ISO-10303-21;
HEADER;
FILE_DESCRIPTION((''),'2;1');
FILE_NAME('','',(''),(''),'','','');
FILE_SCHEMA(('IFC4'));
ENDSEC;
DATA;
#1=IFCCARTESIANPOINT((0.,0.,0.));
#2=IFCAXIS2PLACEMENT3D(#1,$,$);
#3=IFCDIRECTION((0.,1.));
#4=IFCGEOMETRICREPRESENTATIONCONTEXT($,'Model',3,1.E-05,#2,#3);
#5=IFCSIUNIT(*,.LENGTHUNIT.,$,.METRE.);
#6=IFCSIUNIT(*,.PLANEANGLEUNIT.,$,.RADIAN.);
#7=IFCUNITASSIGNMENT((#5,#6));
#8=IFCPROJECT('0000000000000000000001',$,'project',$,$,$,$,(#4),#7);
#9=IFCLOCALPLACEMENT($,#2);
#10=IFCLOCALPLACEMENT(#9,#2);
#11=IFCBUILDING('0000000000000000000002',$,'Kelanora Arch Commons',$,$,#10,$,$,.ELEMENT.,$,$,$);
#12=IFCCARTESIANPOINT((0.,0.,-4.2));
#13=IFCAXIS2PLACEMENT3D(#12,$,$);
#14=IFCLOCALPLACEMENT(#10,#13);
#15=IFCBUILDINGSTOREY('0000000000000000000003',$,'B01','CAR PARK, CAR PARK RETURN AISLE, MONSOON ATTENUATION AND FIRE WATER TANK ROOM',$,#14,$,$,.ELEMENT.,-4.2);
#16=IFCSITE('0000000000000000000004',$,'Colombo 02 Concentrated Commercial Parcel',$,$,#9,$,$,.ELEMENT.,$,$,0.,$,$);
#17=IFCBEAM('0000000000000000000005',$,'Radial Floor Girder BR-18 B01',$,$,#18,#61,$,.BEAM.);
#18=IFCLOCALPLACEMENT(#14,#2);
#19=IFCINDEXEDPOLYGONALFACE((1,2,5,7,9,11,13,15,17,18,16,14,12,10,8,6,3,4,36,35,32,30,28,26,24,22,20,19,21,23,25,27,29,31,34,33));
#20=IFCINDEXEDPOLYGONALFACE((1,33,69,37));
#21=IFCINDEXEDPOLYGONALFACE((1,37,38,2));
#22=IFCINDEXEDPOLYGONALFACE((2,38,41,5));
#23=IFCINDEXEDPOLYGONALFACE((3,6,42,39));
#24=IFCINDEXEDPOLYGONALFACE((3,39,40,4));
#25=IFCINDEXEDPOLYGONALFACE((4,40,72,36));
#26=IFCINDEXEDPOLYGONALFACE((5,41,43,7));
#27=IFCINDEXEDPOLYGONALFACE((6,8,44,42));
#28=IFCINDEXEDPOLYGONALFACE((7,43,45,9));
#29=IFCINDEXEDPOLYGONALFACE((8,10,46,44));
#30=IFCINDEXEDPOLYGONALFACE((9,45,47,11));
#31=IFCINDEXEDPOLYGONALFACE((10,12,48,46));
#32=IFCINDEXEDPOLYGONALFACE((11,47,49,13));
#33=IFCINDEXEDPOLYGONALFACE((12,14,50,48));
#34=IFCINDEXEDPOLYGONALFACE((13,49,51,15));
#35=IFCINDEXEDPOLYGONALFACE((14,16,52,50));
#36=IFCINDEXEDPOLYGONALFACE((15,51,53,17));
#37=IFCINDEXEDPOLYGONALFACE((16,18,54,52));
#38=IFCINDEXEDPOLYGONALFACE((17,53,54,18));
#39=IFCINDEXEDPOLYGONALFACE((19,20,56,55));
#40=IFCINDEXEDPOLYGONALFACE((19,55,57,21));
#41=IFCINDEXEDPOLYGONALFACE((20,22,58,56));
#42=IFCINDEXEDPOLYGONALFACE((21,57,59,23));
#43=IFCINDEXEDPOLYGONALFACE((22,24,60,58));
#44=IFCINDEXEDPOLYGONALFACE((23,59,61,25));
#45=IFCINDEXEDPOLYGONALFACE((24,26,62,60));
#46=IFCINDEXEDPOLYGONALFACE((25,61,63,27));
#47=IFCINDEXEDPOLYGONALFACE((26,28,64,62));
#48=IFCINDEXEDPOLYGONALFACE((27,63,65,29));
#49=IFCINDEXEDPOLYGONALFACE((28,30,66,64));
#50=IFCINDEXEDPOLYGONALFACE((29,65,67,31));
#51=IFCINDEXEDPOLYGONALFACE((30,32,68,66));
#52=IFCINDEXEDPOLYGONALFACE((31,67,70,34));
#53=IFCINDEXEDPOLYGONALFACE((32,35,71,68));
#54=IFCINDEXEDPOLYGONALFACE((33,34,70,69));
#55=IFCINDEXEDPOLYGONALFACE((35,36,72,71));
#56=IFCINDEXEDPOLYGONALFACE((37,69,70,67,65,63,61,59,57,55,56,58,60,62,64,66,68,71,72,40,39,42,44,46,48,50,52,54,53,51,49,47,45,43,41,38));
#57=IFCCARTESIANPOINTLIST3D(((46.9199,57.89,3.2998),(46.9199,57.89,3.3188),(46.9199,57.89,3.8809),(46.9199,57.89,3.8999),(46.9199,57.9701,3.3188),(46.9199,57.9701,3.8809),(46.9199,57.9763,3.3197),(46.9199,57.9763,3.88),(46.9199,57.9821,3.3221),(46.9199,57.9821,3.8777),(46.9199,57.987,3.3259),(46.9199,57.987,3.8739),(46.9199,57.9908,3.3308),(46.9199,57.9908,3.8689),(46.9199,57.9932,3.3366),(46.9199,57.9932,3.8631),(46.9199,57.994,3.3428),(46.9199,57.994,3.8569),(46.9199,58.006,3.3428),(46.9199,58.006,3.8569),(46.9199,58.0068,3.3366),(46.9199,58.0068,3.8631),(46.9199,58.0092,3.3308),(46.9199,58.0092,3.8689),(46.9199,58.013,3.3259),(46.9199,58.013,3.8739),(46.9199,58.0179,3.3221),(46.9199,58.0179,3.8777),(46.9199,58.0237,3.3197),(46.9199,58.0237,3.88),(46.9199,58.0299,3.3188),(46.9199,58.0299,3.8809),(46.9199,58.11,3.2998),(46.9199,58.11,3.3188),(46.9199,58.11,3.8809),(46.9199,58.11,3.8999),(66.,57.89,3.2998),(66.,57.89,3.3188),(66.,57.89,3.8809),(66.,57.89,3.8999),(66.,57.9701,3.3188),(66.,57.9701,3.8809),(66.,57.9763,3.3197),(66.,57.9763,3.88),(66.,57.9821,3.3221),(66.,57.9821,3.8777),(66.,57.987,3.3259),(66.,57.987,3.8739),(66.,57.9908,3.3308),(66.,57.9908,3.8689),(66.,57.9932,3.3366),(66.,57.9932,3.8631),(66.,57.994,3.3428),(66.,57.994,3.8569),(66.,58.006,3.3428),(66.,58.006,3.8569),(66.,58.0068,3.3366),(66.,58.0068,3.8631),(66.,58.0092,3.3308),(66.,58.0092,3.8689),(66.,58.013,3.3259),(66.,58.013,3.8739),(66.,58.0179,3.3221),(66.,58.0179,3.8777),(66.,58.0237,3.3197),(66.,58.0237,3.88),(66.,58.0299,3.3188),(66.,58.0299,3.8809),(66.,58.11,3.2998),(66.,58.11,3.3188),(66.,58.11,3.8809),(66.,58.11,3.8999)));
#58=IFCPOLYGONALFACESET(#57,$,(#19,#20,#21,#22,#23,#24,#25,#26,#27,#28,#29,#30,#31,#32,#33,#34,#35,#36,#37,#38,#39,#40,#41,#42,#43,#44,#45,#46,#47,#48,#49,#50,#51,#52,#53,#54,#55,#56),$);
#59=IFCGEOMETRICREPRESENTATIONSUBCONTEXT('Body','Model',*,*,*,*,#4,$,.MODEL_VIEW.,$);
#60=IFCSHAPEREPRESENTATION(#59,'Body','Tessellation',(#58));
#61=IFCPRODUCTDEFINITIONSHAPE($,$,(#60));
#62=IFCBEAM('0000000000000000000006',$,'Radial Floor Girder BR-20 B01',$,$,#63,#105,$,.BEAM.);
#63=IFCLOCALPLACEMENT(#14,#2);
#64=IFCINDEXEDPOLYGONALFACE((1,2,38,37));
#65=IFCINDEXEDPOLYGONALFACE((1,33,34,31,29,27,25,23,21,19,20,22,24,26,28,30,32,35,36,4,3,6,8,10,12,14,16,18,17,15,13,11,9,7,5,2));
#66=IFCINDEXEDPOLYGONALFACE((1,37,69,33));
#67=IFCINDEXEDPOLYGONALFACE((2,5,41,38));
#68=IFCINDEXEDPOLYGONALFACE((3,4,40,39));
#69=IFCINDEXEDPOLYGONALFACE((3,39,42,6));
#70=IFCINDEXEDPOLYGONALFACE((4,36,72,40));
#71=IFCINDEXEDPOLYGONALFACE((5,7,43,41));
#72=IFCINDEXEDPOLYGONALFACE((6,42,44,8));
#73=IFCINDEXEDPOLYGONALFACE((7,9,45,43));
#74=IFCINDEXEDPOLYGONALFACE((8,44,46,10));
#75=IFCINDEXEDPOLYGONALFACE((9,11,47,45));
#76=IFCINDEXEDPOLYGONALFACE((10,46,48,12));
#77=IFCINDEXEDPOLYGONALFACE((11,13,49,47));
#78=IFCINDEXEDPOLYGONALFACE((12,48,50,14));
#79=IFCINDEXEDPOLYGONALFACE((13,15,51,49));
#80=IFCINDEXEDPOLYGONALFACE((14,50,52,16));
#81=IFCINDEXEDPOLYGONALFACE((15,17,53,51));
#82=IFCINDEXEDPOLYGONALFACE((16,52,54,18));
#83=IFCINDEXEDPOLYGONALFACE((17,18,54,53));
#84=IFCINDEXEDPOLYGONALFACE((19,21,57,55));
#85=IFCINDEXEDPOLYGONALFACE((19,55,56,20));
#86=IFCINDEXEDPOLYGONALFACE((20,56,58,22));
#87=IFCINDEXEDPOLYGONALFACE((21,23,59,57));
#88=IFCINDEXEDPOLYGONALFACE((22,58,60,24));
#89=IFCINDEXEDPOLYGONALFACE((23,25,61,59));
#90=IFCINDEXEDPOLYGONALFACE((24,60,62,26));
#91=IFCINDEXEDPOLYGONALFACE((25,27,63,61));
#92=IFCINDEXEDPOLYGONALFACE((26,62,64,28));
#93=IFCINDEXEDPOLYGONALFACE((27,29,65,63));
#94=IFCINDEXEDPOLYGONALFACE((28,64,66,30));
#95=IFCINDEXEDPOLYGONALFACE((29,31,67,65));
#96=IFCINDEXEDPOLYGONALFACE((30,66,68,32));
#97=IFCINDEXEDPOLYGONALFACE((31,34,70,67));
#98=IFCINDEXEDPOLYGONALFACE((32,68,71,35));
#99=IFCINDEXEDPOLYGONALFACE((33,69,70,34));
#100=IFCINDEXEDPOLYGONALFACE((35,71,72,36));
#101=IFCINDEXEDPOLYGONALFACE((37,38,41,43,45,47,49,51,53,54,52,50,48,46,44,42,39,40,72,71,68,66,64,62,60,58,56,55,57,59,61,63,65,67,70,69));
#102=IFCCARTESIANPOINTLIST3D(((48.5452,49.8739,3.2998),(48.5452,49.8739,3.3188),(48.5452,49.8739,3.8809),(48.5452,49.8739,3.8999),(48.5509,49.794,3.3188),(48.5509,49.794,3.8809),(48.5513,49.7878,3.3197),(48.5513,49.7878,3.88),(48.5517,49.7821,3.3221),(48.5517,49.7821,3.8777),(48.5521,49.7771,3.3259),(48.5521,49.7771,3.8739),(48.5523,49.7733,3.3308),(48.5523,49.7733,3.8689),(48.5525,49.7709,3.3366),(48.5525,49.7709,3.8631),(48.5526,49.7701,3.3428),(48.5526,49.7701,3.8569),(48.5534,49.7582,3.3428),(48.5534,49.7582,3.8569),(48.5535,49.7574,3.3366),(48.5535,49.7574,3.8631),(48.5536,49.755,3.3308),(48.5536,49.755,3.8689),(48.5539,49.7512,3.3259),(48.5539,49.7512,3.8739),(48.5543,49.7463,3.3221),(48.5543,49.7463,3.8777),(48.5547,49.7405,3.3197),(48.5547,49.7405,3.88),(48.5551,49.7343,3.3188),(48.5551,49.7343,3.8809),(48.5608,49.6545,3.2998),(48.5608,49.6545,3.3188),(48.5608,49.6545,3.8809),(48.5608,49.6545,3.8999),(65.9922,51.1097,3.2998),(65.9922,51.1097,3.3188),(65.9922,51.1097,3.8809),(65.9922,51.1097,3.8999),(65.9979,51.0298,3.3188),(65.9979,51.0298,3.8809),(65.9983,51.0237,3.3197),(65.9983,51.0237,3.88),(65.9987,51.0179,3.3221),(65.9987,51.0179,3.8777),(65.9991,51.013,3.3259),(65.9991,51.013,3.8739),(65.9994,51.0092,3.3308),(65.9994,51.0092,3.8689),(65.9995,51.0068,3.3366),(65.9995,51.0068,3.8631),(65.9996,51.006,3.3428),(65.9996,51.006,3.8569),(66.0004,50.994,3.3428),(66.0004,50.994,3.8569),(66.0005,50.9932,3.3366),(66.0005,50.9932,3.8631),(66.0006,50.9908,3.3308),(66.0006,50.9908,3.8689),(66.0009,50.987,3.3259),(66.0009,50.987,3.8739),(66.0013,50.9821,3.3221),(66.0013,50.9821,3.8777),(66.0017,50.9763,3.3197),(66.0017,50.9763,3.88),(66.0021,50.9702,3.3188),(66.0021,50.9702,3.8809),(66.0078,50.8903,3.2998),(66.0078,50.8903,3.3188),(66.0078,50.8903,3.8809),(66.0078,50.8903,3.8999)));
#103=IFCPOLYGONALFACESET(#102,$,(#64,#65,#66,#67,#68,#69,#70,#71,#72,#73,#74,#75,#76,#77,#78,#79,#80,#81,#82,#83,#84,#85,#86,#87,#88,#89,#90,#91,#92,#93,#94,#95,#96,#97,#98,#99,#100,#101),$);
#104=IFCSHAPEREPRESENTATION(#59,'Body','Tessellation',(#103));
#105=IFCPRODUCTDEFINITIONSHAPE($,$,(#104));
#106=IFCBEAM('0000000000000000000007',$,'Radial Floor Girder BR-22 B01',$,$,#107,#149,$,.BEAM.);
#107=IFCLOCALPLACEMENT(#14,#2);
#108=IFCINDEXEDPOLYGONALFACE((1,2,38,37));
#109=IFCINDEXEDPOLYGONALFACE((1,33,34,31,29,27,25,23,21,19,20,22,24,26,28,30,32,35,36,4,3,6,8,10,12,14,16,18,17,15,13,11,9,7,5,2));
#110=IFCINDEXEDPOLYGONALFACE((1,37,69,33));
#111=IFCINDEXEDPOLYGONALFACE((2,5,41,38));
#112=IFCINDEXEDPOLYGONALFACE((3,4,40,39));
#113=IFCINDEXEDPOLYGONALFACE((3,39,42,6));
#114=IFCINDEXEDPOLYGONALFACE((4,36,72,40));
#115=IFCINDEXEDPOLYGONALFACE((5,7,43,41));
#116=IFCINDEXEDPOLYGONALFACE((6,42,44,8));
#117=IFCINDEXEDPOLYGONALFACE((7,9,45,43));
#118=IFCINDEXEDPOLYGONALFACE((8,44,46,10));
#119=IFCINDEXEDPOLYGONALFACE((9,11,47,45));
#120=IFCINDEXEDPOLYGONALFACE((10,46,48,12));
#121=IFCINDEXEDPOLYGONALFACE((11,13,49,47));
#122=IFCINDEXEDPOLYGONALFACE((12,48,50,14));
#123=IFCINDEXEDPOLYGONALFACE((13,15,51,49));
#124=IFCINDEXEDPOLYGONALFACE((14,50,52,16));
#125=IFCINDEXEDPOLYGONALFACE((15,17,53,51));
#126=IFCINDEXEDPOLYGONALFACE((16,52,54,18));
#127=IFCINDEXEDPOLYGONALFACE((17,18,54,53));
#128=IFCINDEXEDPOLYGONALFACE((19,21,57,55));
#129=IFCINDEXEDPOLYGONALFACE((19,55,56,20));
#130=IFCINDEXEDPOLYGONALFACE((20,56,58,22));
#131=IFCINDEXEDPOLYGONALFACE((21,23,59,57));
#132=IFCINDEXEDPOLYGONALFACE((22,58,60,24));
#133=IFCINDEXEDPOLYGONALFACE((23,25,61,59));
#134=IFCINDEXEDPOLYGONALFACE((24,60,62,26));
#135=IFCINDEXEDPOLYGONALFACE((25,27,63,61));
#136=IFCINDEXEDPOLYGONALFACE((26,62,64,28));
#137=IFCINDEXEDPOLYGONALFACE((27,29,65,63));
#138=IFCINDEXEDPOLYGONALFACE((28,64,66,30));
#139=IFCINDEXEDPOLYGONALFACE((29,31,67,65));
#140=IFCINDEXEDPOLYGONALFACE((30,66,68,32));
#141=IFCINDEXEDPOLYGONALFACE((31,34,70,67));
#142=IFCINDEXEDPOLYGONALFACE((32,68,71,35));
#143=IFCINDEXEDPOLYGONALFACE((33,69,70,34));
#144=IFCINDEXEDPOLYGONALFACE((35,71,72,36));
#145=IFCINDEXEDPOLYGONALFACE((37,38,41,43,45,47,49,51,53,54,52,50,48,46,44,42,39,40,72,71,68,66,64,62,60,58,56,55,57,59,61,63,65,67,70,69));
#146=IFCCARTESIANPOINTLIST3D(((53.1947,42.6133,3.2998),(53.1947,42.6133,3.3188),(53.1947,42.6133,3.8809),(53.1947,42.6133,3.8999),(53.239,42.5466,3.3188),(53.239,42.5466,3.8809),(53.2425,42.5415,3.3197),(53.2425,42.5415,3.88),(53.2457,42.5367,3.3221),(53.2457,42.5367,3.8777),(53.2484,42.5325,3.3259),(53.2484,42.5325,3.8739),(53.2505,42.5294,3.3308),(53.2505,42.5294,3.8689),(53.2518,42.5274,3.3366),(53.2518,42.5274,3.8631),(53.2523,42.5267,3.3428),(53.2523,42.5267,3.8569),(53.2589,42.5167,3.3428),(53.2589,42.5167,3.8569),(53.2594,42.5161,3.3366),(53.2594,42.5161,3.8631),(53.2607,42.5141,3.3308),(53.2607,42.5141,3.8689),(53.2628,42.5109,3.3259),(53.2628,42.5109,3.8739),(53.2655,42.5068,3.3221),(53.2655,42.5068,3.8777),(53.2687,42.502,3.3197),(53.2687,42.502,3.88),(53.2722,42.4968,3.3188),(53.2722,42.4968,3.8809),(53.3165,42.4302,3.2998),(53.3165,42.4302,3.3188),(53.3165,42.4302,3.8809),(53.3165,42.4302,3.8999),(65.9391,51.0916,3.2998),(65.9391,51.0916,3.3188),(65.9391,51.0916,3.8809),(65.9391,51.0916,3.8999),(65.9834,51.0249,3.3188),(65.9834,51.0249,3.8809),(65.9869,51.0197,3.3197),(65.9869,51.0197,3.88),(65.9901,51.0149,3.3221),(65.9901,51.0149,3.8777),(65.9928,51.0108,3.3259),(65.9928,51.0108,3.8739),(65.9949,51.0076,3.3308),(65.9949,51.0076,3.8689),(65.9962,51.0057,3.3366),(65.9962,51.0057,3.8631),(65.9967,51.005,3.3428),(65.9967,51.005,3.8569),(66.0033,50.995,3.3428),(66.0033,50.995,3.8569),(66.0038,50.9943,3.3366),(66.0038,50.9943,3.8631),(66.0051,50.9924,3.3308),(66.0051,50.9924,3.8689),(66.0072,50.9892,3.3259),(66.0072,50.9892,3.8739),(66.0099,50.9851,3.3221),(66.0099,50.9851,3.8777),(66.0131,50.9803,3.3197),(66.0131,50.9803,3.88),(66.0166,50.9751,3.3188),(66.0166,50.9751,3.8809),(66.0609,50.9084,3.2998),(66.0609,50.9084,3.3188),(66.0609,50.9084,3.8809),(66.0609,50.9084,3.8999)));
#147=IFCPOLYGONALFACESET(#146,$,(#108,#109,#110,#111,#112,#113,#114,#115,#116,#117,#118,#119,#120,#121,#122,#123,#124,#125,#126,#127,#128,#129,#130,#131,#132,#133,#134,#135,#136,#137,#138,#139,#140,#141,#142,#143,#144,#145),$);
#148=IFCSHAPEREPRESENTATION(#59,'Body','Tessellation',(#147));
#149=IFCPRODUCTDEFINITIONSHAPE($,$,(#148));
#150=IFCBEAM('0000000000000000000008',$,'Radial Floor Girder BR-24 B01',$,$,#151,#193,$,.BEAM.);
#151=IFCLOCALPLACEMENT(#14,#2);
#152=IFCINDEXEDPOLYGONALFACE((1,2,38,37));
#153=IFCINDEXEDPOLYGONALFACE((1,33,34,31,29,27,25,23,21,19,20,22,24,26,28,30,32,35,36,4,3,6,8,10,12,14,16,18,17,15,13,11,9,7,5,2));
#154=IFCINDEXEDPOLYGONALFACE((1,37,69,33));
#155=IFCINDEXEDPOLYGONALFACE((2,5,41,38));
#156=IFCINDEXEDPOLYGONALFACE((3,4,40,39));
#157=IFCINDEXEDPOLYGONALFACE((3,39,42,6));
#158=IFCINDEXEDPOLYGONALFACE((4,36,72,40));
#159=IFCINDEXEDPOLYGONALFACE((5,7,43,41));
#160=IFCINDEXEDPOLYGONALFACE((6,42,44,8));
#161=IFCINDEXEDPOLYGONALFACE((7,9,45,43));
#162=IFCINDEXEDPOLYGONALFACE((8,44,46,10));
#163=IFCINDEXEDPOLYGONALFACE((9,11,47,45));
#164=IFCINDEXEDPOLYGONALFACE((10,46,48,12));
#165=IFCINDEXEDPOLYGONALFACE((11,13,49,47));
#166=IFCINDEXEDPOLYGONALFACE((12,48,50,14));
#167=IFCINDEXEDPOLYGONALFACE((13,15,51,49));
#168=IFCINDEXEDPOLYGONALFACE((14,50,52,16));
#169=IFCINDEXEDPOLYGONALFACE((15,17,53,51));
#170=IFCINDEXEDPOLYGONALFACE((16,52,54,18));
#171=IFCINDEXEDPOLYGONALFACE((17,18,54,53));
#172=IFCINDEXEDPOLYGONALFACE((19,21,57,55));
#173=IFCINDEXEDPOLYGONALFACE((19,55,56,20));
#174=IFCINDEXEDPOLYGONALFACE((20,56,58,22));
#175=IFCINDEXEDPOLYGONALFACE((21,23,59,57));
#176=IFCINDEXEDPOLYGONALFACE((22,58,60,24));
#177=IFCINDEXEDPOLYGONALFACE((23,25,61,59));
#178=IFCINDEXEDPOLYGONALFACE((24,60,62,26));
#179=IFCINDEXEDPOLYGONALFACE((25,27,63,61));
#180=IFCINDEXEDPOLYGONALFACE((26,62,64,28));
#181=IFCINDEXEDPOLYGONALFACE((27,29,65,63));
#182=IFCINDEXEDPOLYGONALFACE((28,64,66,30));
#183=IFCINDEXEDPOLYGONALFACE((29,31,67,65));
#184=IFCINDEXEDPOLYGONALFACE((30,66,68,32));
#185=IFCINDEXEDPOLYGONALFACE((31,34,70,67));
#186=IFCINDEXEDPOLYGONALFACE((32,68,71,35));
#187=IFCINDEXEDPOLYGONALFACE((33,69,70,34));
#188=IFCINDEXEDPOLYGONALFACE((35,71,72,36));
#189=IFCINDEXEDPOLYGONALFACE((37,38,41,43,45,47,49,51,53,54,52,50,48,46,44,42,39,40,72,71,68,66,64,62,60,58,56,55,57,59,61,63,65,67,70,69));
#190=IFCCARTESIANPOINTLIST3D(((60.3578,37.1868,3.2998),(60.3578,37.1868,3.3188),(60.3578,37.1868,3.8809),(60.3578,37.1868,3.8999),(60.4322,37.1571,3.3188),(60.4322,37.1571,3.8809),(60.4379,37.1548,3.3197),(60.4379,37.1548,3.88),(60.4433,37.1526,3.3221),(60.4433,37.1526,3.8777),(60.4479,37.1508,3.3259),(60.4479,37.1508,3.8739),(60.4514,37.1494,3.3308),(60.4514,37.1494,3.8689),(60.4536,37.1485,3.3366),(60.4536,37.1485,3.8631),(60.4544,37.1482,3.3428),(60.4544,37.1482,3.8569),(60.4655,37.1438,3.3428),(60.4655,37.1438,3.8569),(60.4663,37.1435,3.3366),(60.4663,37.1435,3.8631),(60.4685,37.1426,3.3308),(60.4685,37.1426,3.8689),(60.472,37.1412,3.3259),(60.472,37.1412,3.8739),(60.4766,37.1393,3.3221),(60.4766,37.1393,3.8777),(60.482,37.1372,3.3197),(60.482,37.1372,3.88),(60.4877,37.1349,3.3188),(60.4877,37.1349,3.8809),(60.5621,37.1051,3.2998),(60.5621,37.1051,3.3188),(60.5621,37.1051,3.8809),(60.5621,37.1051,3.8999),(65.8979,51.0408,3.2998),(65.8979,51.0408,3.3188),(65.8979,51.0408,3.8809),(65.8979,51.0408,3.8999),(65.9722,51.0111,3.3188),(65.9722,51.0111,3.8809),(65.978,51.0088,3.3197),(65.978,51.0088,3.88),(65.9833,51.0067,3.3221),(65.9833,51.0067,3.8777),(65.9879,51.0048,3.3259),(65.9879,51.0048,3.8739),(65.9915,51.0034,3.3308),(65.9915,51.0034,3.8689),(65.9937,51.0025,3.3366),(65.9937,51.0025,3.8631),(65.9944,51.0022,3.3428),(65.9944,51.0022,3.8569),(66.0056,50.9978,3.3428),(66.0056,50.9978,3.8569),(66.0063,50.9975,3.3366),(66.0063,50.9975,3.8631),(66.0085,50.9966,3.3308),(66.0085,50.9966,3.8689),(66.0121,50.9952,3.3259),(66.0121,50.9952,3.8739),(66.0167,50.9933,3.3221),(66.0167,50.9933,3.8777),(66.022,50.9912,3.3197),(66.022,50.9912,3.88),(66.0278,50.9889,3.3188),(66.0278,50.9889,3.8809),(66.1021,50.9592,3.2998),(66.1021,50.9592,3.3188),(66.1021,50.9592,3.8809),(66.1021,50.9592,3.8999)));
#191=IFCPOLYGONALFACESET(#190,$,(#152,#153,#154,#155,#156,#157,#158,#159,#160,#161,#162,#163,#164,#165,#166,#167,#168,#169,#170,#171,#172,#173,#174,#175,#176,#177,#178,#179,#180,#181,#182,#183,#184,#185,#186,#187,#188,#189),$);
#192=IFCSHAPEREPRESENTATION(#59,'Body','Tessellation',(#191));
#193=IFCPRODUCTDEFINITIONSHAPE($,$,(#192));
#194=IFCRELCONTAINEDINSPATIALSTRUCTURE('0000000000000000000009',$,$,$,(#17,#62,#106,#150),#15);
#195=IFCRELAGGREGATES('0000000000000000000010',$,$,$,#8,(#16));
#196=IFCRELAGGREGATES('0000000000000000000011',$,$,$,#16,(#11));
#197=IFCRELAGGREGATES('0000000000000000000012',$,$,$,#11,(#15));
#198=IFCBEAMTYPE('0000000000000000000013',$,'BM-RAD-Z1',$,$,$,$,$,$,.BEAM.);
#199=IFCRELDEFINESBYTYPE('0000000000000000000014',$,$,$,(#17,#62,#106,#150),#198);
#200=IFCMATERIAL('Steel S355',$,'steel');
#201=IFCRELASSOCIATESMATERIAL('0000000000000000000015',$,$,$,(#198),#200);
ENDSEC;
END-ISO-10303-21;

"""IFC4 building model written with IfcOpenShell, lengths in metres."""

from ifc_helpers import new_model, si_unit, direction, frame, origin, origin_2d, place, context, subcontext, project, spatial, i_section, extrude, material, material_profile, profile_set, type_object, element, save


model = new_model("IFC4")

# Units and contexts
model_context = context("Model", 3, precision=1e-05, world=origin(), true_north=direction((0.0, 1.0)))
body_context = subcontext(model_context, "Body", "Model", "MODEL_VIEW")
ifc_project = project(units=[si_unit("LENGTHUNIT", "METRE"), si_unit("PLANEANGLEUNIT", "RADIAN")], contexts=[model_context])

# Site, building, storey
site_placement = place(None, origin())
site = spatial("IfcSite", under=ifc_project, at=site_placement, Name="Colombo 02 Concentrated Commercial Parcel", CompositionType="ELEMENT", RefElevation=0.0)
building_placement = place(site_placement, origin())
building = spatial("IfcBuilding", under=site, at=building_placement, Name="Kelanora Arch Commons", CompositionType="ELEMENT")
storey_placement = place(building_placement, frame((0.0, 0.0, -4.2)))
storey = spatial("IfcBuildingStorey", under=building, at=storey_placement, Name="B01", Description="CAR PARK, CAR PARK RETURN AISLE, MONSOON ATTENUATION AND FIRE WATER TANK ROOM", CompositionType="ELEMENT", Elevation=-4.2)

# Beams
ifc_material_1 = material(Name="Steel S355", Category="steel")
ifc_material_profile_1 = material_profile(ifc_material_1, i_section(OverallWidth=0.22, OverallDepth=0.6001, WebThickness=0.012, FlangeThickness=0.019, FilletRadius=0.0239, at=origin_2d()), Name="IPE600")
ifc_profile_set_1 = profile_set([ifc_material_profile_1], Name="Steel S355")
beam_type_1 = type_object("IfcBeamType", Name="BM-RAD-Z1", PredefinedType="BEAM", material=ifc_profile_set_1)
beam_1_placement = place(storey_placement, frame((66.0, 58.0, 3.5999), z_axis=(-1.0, 0.0, 0.0), x_axis=(0.0, -1.0, 0.0)))
element("IfcBeam", 1, at=beam_1_placement, inside=storey, type_object=beam_type_1, Name="Radial Floor Girder BR-18 B01", PredefinedType="BEAM", context=body_context, shape_type="SweptSolid", body=[
    extrude(i_section(OverallWidth=0.22, OverallDepth=0.6001, WebThickness=0.012, FlangeThickness=0.019, FilletRadius=0.0239, at=origin_2d()), origin(), (0.0, 0.0, 1.0), 19.0801),
])
beam_2_placement = place(storey_placement, frame((66.0, 51.0, 3.5999), z_axis=(-0.997501, -0.070657, 0.0), x_axis=(0.070657, -0.997501, 0.0)))
element("IfcBeam", 2, at=beam_2_placement, inside=storey, type_object=beam_type_1, Name="Radial Floor Girder BR-20 B01", PredefinedType="BEAM", context=body_context, shape_type="SweptSolid", body=[
    extrude(i_section(OverallWidth=0.22, OverallDepth=0.6001, WebThickness=0.012, FlangeThickness=0.019, FilletRadius=0.0239, at=origin_2d()), origin(), (0.0, 0.0, 1.0), 17.4907),
])
beam_3_placement = place(storey_placement, frame((66.0, 51.0, 3.5999), z_axis=(-0.832592, -0.553886, 0.0), x_axis=(0.553886, -0.832592, 0.0)))
element("IfcBeam", 3, at=beam_3_placement, inside=storey, type_object=beam_type_1, Name="Radial Floor Girder BR-22 B01", PredefinedType="BEAM", context=body_context, shape_type="SweptSolid", body=[
    extrude(i_section(OverallWidth=0.22, OverallDepth=0.6001, WebThickness=0.012, FlangeThickness=0.019, FilletRadius=0.0239, at=origin_2d()), origin(), (0.0, 0.0, 1.0), 15.3069),
])
beam_4_placement = place(storey_placement, frame((66.0, 51.0, 3.5999), z_axis=(-0.3713, -0.928513, 0.0), x_axis=(0.928513, -0.3713, 0.0)))
element("IfcBeam", 4, at=beam_4_placement, inside=storey, type_object=beam_type_1, Name="Radial Floor Girder BR-24 B01", PredefinedType="BEAM", context=body_context, shape_type="SweptSolid", body=[
    extrude(i_section(OverallWidth=0.22, OverallDepth=0.6001, WebThickness=0.012, FlangeThickness=0.019, FilletRadius=0.0239, at=origin_2d()), origin(), (0.0, 0.0, 1.0), 14.9207),
])

save(model, "model.ifc")
